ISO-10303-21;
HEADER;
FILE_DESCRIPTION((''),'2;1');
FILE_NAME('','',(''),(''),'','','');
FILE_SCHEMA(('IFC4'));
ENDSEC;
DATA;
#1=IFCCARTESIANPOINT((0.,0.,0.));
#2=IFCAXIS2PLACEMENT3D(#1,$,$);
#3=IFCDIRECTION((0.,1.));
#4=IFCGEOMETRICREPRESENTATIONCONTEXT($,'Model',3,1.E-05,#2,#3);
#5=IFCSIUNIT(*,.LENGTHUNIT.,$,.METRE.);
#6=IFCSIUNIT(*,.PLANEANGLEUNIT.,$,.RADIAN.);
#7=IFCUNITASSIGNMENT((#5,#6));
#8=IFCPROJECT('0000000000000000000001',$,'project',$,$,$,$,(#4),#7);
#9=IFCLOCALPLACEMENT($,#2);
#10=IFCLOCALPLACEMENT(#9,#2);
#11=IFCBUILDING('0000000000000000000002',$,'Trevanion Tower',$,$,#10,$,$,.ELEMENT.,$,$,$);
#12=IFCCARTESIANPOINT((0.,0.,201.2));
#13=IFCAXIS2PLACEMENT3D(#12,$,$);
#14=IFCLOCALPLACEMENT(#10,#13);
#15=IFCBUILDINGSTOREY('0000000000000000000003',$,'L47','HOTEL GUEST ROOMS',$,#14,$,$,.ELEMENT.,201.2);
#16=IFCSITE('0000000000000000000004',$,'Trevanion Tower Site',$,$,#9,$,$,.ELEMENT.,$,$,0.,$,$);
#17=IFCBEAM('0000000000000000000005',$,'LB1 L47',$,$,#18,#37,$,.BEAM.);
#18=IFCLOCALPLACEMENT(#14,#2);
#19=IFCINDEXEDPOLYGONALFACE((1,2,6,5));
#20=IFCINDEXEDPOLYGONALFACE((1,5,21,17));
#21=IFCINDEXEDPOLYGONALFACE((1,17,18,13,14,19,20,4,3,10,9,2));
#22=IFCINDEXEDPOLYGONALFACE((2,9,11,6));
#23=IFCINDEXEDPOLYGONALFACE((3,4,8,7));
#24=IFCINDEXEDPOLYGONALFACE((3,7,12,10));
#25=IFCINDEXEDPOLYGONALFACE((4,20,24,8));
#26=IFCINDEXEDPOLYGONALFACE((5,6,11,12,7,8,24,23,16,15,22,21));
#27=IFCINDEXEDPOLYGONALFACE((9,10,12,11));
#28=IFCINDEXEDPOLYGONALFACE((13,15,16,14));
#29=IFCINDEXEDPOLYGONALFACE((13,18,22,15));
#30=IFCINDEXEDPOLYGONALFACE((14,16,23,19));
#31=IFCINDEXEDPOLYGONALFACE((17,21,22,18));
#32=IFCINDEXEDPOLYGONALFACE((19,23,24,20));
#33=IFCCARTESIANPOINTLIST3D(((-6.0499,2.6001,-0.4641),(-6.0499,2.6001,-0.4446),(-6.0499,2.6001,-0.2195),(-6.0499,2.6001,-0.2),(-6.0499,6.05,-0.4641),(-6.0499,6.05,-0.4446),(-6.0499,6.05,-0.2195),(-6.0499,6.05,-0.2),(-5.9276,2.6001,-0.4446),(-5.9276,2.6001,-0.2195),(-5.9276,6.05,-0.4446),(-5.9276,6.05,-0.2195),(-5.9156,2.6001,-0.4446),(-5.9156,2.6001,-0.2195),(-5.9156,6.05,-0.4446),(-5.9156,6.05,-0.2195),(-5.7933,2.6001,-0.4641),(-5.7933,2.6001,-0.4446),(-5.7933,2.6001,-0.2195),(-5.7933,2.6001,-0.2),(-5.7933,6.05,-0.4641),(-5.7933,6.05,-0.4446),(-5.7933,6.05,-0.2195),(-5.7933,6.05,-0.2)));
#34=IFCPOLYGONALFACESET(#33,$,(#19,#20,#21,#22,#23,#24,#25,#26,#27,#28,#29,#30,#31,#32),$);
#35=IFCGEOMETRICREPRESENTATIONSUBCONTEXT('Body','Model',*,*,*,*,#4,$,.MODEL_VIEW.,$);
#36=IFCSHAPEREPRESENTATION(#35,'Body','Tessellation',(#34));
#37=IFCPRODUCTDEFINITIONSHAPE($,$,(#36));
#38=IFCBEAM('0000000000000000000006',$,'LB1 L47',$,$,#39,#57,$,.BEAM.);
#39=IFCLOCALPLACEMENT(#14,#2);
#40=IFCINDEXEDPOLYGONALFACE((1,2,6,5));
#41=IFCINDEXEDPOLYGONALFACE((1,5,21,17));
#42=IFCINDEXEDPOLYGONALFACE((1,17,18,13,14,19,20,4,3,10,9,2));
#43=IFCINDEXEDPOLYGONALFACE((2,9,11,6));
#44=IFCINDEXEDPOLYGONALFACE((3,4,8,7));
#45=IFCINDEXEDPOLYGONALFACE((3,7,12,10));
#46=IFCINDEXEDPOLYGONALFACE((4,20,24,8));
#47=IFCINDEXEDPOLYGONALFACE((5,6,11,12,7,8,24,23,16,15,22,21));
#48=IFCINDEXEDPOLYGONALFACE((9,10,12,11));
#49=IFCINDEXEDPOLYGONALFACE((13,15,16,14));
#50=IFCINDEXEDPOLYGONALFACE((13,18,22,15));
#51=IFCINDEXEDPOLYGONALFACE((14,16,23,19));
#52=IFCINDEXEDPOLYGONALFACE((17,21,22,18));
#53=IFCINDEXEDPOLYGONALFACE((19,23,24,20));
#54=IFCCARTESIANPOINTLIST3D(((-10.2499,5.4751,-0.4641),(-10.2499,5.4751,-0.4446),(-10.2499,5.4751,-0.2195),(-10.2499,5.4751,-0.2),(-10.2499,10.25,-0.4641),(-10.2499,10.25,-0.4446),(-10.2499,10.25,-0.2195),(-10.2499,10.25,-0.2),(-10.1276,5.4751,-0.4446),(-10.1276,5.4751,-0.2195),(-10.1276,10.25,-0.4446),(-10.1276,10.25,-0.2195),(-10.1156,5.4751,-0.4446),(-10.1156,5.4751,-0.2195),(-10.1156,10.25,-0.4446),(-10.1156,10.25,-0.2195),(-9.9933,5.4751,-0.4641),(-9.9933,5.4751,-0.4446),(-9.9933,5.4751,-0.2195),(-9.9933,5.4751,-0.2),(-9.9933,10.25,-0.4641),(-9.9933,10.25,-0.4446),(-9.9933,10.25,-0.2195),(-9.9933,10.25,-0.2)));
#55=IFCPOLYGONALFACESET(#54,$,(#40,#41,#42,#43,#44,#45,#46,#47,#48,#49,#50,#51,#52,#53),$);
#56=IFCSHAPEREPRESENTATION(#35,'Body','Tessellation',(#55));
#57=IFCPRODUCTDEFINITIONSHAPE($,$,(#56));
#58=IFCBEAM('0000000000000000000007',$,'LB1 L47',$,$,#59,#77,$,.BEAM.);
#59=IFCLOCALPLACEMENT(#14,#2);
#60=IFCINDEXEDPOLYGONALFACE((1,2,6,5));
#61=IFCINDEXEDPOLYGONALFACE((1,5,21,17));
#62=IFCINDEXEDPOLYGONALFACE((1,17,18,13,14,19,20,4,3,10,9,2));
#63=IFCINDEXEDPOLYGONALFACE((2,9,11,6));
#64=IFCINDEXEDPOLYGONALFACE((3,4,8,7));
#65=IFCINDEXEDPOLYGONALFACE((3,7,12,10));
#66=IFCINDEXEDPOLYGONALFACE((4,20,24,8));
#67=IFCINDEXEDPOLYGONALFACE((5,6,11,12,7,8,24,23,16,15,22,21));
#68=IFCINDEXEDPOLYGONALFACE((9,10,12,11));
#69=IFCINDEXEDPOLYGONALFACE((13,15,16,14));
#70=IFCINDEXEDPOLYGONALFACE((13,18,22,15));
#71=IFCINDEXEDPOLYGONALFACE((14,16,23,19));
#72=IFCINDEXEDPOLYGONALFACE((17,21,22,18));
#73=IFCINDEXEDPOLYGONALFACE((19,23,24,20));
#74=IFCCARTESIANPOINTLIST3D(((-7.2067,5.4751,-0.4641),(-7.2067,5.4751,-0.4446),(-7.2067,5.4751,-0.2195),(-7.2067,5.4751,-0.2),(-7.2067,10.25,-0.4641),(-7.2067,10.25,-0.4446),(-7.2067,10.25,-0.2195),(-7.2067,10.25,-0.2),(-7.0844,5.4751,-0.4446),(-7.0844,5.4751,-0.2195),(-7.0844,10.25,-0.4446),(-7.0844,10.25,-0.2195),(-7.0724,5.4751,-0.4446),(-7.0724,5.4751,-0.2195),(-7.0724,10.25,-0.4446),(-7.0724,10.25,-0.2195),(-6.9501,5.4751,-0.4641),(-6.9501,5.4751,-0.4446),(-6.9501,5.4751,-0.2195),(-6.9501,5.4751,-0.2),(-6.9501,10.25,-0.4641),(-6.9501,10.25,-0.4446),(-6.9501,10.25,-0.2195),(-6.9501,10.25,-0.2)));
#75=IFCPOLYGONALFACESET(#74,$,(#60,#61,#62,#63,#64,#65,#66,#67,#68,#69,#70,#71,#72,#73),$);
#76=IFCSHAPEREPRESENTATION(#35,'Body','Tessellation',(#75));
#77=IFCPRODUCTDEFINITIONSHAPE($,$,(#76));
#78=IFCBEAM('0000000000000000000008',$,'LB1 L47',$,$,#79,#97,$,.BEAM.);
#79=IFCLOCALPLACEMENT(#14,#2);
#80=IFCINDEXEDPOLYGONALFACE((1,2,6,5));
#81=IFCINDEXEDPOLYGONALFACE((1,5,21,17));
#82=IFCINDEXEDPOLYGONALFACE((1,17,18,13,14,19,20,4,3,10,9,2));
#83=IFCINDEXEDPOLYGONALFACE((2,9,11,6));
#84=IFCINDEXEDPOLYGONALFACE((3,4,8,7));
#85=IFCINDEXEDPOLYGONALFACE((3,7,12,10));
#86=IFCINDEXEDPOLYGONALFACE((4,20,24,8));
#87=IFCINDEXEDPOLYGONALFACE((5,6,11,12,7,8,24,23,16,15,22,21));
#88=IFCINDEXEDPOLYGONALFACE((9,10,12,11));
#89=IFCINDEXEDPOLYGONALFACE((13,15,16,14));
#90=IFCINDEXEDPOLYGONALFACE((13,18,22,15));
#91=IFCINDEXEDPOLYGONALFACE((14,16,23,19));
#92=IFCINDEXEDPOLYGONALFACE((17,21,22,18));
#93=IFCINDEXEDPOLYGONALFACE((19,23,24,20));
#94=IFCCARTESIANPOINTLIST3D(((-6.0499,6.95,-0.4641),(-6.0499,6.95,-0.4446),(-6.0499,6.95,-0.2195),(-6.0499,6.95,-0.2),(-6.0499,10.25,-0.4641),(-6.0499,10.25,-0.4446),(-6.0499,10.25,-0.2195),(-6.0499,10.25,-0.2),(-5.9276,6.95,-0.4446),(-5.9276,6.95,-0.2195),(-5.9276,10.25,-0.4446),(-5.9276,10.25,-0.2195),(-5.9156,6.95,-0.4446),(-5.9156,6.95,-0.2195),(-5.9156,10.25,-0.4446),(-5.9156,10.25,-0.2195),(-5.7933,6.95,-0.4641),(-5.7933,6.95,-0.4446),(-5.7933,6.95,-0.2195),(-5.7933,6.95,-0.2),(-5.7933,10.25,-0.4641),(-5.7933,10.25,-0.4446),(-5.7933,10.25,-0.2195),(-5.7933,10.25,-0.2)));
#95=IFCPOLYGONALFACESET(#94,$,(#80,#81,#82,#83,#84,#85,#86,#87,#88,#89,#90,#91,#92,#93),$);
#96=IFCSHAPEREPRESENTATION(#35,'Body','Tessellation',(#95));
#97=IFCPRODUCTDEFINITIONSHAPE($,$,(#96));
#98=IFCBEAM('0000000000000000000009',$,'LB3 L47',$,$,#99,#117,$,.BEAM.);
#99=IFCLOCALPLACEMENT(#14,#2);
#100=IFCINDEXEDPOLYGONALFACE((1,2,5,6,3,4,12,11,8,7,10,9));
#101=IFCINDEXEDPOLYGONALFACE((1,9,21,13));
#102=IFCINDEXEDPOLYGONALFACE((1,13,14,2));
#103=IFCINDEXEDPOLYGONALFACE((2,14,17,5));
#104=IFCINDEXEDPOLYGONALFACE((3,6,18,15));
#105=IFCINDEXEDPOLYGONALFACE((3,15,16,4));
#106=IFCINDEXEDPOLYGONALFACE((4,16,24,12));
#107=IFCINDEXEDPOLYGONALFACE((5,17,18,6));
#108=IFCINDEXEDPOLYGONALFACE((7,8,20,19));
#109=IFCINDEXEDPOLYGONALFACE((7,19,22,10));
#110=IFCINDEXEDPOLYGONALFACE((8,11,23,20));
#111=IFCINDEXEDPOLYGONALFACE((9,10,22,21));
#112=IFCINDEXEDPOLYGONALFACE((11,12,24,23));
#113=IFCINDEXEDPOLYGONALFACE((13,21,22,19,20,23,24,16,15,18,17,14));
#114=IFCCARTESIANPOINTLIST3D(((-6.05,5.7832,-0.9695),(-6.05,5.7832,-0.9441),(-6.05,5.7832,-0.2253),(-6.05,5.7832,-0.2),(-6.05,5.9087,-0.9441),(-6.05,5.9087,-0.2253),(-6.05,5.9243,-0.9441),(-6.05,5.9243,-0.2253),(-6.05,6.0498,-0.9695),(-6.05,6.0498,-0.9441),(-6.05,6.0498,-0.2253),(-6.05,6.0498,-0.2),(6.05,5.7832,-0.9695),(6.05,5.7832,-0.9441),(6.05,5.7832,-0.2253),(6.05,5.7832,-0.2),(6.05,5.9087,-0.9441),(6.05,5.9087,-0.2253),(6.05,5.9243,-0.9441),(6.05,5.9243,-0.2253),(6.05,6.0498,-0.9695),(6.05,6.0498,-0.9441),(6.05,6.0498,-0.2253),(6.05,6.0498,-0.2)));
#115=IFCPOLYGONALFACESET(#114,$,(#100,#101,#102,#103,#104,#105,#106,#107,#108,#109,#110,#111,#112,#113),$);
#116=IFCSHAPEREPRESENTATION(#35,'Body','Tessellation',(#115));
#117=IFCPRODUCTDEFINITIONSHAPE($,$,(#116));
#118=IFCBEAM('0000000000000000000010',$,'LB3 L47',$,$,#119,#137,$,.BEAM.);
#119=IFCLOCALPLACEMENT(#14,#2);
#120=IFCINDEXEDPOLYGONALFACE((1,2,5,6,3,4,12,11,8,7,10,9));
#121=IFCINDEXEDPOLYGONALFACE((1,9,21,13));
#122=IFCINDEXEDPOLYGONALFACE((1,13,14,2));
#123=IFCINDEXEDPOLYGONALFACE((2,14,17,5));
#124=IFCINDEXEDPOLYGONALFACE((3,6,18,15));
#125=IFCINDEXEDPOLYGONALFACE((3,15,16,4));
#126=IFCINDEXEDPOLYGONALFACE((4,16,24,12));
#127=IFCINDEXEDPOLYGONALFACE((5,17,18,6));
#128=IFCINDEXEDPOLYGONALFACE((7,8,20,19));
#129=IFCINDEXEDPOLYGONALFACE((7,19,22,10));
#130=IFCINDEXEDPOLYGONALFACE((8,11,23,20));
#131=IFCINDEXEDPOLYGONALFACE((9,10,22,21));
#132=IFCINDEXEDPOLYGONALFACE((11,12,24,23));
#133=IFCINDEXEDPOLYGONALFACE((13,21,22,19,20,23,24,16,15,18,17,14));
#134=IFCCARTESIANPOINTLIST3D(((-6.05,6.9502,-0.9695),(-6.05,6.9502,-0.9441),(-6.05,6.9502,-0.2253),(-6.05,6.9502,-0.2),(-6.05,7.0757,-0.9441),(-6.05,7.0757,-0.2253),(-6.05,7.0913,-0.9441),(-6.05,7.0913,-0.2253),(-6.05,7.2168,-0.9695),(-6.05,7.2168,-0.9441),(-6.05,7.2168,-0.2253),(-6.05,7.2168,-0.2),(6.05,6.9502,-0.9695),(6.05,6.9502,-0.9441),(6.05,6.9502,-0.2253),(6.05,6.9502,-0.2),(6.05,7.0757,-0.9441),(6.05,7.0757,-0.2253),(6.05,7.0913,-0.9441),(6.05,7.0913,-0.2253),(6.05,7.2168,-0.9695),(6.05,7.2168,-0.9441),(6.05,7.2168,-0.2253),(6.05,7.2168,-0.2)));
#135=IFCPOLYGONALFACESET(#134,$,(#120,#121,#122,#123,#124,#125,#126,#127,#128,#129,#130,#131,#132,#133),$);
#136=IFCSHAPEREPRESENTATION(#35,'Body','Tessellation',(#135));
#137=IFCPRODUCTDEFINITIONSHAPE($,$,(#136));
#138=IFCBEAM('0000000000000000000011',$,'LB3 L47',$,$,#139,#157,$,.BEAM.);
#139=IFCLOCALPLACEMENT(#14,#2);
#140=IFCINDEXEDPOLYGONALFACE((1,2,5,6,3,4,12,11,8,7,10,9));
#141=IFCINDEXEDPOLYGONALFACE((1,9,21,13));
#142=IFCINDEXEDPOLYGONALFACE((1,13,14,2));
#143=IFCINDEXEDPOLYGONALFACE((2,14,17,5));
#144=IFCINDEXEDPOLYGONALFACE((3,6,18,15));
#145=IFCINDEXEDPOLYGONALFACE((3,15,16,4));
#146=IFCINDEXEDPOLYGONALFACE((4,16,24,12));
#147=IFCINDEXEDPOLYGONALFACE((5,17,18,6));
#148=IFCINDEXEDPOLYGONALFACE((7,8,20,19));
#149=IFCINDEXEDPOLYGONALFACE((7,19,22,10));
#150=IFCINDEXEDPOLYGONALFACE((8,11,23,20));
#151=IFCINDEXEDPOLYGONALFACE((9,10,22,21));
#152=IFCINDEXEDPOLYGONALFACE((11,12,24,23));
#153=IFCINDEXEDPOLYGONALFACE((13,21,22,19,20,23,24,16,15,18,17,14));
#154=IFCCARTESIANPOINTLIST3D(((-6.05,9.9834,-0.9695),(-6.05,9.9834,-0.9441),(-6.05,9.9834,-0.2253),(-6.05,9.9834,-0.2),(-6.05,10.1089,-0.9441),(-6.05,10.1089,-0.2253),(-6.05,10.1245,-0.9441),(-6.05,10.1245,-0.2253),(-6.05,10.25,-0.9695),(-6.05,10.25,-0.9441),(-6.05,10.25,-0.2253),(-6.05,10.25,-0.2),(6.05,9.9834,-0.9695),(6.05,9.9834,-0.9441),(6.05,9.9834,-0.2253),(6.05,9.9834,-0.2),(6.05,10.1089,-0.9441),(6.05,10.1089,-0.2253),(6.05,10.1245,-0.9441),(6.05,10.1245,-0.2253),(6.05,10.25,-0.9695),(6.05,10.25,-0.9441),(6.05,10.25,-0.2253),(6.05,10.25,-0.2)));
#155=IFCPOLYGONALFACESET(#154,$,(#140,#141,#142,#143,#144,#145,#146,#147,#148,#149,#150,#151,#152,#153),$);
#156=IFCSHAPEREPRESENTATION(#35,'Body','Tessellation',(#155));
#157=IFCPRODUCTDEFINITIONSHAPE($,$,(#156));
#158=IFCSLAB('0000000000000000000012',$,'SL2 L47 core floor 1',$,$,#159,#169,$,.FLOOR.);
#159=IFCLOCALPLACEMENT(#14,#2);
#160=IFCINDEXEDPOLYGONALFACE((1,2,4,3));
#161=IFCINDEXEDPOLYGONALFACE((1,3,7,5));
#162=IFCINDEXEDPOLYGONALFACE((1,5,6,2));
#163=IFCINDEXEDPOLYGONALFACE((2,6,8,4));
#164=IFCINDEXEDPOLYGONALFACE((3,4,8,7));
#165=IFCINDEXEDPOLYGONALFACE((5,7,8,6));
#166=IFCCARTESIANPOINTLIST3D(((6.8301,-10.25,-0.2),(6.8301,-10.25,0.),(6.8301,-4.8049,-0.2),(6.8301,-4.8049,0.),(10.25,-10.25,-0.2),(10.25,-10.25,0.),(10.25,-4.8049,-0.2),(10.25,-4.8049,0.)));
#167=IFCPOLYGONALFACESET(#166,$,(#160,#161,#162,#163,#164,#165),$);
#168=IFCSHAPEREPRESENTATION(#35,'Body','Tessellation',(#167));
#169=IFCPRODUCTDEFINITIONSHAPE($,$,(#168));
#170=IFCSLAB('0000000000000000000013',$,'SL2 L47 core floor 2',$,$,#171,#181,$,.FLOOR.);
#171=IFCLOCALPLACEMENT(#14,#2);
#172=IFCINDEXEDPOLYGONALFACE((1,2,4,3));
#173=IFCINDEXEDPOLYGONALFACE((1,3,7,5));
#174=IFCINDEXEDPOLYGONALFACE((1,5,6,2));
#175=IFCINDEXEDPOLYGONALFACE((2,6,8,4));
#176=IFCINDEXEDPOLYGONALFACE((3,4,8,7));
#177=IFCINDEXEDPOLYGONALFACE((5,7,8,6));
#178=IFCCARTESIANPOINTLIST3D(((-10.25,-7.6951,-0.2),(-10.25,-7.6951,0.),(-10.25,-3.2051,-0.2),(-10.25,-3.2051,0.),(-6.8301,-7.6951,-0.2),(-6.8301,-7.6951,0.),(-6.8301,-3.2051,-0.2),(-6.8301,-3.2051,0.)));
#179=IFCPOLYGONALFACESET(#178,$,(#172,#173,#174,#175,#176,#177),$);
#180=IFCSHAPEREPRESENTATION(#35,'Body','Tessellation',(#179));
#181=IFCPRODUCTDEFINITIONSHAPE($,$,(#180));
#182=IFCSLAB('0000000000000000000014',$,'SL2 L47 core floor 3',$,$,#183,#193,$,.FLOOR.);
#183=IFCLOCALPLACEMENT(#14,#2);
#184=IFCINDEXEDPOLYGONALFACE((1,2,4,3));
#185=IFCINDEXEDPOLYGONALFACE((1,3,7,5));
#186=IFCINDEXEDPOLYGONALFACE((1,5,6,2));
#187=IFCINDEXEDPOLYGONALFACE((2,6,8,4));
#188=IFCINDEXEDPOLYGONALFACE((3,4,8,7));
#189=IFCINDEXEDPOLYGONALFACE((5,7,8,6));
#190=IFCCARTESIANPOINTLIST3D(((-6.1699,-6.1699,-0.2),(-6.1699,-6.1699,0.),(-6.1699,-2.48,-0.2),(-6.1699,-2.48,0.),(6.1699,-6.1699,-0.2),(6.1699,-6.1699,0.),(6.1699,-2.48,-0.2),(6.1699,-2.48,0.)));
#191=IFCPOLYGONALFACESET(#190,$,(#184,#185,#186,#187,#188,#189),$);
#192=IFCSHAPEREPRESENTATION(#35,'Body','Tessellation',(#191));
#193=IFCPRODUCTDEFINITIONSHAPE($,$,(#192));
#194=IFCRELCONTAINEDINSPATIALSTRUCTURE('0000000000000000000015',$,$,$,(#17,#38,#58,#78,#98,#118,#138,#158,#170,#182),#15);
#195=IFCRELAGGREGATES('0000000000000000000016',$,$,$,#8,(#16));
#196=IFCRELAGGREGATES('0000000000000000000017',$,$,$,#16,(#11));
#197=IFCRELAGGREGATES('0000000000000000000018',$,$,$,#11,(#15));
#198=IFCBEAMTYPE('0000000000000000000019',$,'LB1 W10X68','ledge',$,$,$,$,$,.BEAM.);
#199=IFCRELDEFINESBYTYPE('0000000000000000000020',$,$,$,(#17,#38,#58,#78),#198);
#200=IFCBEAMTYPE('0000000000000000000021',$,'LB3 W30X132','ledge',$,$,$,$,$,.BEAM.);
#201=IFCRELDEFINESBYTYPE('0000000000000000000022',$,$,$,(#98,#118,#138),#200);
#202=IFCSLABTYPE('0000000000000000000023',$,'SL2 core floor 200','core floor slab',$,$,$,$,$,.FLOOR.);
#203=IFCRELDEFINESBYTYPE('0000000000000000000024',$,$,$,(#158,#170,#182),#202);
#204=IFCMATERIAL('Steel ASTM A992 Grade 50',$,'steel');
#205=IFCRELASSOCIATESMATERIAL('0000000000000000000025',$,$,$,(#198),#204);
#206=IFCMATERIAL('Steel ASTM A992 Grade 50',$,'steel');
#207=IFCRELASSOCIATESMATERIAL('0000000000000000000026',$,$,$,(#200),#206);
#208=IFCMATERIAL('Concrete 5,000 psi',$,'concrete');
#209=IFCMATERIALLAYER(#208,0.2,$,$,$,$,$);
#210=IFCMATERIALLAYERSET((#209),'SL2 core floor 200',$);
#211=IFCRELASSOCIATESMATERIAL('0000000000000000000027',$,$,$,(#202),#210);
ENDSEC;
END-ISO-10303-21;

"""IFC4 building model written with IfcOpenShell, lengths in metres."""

from ifc_helpers import new_model, si_unit, direction, frame, origin, origin_2d, place, context, subcontext, project, spatial, polyline, i_section, outline, extrude, material, layer, layer_set, material_profile, profile_set, type_object, element, save


model = new_model("IFC4")

# Units and contexts
model_context = context("Model", 3, precision=1e-05, world=origin(), true_north=direction((0.0, 1.0)))
body_context = subcontext(model_context, "Body", "Model", "MODEL_VIEW")
ifc_project = project(units=[si_unit("LENGTHUNIT", "METRE"), si_unit("PLANEANGLEUNIT", "RADIAN")], contexts=[model_context])

# Site, building, storey
site_placement = place(None, origin())
site = spatial("IfcSite", under=ifc_project, at=site_placement, Name="Trevanion Tower Site", CompositionType="ELEMENT", RefElevation=0.0)
building_placement = place(site_placement, origin())
building = spatial("IfcBuilding", under=site, at=building_placement, Name="Trevanion Tower", CompositionType="ELEMENT")
storey_placement = place(building_placement, frame((0.0, 0.0, 201.2)))
storey = spatial("IfcBuildingStorey", under=building, at=storey_placement, Name="L47", Description="HOTEL GUEST ROOMS", CompositionType="ELEMENT", Elevation=201.2)

# Beams
ifc_material_1 = material(Name="Steel ASTM A992 Grade 50", Category="steel")
ifc_material_profile_1 = material_profile(ifc_material_1, i_section(OverallWidth=0.2566, OverallDepth=0.2642, WebThickness=0.012, FlangeThickness=0.0195, at=origin_2d()), Name="W10X68")
ifc_profile_set_1 = profile_set([ifc_material_profile_1], Name="Steel ASTM A992 Grade 50")
beam_type_1 = type_object("IfcBeamType", Name="LB1 W10X68", Description="ledge", PredefinedType="BEAM", material=ifc_profile_set_1)
beam_1_placement = place(storey_placement, frame((-5.9216, 2.6001, -0.332), z_axis=(0.0, 1.0, 0.0), x_axis=(-1.0, 0.0, 0.0)))
element("IfcBeam", 1, at=beam_1_placement, inside=storey, type_object=beam_type_1, Name="LB1 L47", PredefinedType="BEAM", context=body_context, shape_type="SweptSolid", body=[
    extrude(i_section(OverallWidth=0.2566, OverallDepth=0.2642, WebThickness=0.012, FlangeThickness=0.0195, at=origin_2d()), origin(), (0.0, 0.0, 1.0), 3.45),
])
for number, where, z_axis, x_axis, name in (
    (2, (-10.1216, 5.4751, -0.332), (0.0, 1.0, 0.0), (-1.0, 0.0, 0.0), "LB1 L47"),
    (3, (-7.0784, 5.4751, -0.332), (0.0, 1.0, 0.0), (-1.0, 0.0, 0.0), "LB1 L47"),
):
    element("IfcBeam", number, at=place(storey_placement, frame(where, z_axis=z_axis, x_axis=x_axis)), inside=storey, type_object=beam_type_1, Name=name, PredefinedType="BEAM", context=body_context, shape_type="SweptSolid", body=[
        extrude(i_section(OverallWidth=0.2566, OverallDepth=0.2642, WebThickness=0.012, FlangeThickness=0.0195, at=origin_2d()), origin(), (0.0, 0.0, 1.0), 4.7749),
    ])
beam_2_placement = place(storey_placement, frame((-5.9216, 6.95, -0.332), z_axis=(0.0, 1.0, 0.0), x_axis=(-1.0, 0.0, 0.0)))
element("IfcBeam", 4, at=beam_2_placement, inside=storey, type_object=beam_type_1, Name="LB1 L47", PredefinedType="BEAM", context=body_context, shape_type="SweptSolid", body=[
    extrude(i_section(OverallWidth=0.2566, OverallDepth=0.2642, WebThickness=0.012, FlangeThickness=0.0195, at=origin_2d()), origin(), (0.0, 0.0, 1.0), 3.3),
])
ifc_material_2 = material(Name="Steel ASTM A992 Grade 50", Category="steel")
ifc_material_profile_2 = material_profile(ifc_material_2, i_section(OverallWidth=0.2666, OverallDepth=0.7695, WebThickness=0.0156, FlangeThickness=0.0254, at=origin_2d()), Name="W30X132")
ifc_profile_set_2 = profile_set([ifc_material_profile_2], Name="Steel ASTM A992 Grade 50")
beam_type_2 = type_object("IfcBeamType", Name="LB3 W30X132", Description="ledge", PredefinedType="BEAM", material=ifc_profile_set_2)
for number, where, z_axis, x_axis, name in (
    (5, (-6.05, 5.9165, -0.5847), (1.0, 0.0, 0.0), (0.0, 1.0, 0.0), "LB3 L47"),
    (6, (-6.05, 7.0835, -0.5847), (1.0, 0.0, 0.0), (0.0, 1.0, 0.0), "LB3 L47"),
    (7, (-6.05, 10.1167, -0.5847), (1.0, 0.0, 0.0), (0.0, 1.0, 0.0), "LB3 L47"),
):
    element("IfcBeam", number, at=place(storey_placement, frame(where, z_axis=z_axis, x_axis=x_axis)), inside=storey, type_object=beam_type_2, Name=name, PredefinedType="BEAM", context=body_context, shape_type="SweptSolid", body=[
        extrude(i_section(OverallWidth=0.2666, OverallDepth=0.7695, WebThickness=0.0156, FlangeThickness=0.0254, at=origin_2d()), origin(), (0.0, 0.0, 1.0), 12.1001),
    ])

# Slabs
ifc_material_3 = material(Name="Concrete 5,000 psi", Category="concrete")
ifc_layer_1 = layer(ifc_material_3, 0.2)
ifc_layer_set_1 = layer_set([ifc_layer_1], Name="SL2 core floor 200")
slab_type_1 = type_object("IfcSlabType", Name="SL2 core floor 200", Description="core floor slab", PredefinedType="FLOOR", material=ifc_layer_set_1)
slab_1_placement = place(storey_placement, frame((0.0, 0.0, -0.2)))
element("IfcSlab", 8, at=slab_1_placement, inside=storey, type_object=slab_type_1, Name="SL2 L47 core floor 1", PredefinedType="FLOOR", context=body_context, shape_type="SweptSolid", body=[
    extrude(outline(polyline([(10.25, -4.8049), (10.25, -10.25), (6.8301, -10.25), (6.8301, -4.8049), (10.25, -4.8049)])), origin(), (0.0, 0.0, 1.0), 0.2),
])
slab_2_placement = place(storey_placement, frame((0.0, 0.0, -0.2)))
element("IfcSlab", 9, at=slab_2_placement, inside=storey, type_object=slab_type_1, Name="SL2 L47 core floor 2", PredefinedType="FLOOR", context=body_context, shape_type="SweptSolid", body=[
    extrude(outline(polyline([(-6.8301, -3.2051), (-6.8301, -7.6951), (-10.25, -7.6951), (-10.25, -3.2051), (-6.8301, -3.2051)])), origin(), (0.0, 0.0, 1.0), 0.2),
])
slab_3_placement = place(storey_placement, frame((0.0, 0.0, -0.2)))
element("IfcSlab", 10, at=slab_3_placement, inside=storey, type_object=slab_type_1, Name="SL2 L47 core floor 3", PredefinedType="FLOOR", context=body_context, shape_type="SweptSolid", body=[
    extrude(outline(polyline([(6.1699, -6.1699), (-6.1699, -6.1699), (-6.1699, -2.48), (6.1699, -2.48), (6.1699, -6.1699)])), origin(), (0.0, 0.0, 1.0), 0.2),
])

save(model, "model.ifc")
